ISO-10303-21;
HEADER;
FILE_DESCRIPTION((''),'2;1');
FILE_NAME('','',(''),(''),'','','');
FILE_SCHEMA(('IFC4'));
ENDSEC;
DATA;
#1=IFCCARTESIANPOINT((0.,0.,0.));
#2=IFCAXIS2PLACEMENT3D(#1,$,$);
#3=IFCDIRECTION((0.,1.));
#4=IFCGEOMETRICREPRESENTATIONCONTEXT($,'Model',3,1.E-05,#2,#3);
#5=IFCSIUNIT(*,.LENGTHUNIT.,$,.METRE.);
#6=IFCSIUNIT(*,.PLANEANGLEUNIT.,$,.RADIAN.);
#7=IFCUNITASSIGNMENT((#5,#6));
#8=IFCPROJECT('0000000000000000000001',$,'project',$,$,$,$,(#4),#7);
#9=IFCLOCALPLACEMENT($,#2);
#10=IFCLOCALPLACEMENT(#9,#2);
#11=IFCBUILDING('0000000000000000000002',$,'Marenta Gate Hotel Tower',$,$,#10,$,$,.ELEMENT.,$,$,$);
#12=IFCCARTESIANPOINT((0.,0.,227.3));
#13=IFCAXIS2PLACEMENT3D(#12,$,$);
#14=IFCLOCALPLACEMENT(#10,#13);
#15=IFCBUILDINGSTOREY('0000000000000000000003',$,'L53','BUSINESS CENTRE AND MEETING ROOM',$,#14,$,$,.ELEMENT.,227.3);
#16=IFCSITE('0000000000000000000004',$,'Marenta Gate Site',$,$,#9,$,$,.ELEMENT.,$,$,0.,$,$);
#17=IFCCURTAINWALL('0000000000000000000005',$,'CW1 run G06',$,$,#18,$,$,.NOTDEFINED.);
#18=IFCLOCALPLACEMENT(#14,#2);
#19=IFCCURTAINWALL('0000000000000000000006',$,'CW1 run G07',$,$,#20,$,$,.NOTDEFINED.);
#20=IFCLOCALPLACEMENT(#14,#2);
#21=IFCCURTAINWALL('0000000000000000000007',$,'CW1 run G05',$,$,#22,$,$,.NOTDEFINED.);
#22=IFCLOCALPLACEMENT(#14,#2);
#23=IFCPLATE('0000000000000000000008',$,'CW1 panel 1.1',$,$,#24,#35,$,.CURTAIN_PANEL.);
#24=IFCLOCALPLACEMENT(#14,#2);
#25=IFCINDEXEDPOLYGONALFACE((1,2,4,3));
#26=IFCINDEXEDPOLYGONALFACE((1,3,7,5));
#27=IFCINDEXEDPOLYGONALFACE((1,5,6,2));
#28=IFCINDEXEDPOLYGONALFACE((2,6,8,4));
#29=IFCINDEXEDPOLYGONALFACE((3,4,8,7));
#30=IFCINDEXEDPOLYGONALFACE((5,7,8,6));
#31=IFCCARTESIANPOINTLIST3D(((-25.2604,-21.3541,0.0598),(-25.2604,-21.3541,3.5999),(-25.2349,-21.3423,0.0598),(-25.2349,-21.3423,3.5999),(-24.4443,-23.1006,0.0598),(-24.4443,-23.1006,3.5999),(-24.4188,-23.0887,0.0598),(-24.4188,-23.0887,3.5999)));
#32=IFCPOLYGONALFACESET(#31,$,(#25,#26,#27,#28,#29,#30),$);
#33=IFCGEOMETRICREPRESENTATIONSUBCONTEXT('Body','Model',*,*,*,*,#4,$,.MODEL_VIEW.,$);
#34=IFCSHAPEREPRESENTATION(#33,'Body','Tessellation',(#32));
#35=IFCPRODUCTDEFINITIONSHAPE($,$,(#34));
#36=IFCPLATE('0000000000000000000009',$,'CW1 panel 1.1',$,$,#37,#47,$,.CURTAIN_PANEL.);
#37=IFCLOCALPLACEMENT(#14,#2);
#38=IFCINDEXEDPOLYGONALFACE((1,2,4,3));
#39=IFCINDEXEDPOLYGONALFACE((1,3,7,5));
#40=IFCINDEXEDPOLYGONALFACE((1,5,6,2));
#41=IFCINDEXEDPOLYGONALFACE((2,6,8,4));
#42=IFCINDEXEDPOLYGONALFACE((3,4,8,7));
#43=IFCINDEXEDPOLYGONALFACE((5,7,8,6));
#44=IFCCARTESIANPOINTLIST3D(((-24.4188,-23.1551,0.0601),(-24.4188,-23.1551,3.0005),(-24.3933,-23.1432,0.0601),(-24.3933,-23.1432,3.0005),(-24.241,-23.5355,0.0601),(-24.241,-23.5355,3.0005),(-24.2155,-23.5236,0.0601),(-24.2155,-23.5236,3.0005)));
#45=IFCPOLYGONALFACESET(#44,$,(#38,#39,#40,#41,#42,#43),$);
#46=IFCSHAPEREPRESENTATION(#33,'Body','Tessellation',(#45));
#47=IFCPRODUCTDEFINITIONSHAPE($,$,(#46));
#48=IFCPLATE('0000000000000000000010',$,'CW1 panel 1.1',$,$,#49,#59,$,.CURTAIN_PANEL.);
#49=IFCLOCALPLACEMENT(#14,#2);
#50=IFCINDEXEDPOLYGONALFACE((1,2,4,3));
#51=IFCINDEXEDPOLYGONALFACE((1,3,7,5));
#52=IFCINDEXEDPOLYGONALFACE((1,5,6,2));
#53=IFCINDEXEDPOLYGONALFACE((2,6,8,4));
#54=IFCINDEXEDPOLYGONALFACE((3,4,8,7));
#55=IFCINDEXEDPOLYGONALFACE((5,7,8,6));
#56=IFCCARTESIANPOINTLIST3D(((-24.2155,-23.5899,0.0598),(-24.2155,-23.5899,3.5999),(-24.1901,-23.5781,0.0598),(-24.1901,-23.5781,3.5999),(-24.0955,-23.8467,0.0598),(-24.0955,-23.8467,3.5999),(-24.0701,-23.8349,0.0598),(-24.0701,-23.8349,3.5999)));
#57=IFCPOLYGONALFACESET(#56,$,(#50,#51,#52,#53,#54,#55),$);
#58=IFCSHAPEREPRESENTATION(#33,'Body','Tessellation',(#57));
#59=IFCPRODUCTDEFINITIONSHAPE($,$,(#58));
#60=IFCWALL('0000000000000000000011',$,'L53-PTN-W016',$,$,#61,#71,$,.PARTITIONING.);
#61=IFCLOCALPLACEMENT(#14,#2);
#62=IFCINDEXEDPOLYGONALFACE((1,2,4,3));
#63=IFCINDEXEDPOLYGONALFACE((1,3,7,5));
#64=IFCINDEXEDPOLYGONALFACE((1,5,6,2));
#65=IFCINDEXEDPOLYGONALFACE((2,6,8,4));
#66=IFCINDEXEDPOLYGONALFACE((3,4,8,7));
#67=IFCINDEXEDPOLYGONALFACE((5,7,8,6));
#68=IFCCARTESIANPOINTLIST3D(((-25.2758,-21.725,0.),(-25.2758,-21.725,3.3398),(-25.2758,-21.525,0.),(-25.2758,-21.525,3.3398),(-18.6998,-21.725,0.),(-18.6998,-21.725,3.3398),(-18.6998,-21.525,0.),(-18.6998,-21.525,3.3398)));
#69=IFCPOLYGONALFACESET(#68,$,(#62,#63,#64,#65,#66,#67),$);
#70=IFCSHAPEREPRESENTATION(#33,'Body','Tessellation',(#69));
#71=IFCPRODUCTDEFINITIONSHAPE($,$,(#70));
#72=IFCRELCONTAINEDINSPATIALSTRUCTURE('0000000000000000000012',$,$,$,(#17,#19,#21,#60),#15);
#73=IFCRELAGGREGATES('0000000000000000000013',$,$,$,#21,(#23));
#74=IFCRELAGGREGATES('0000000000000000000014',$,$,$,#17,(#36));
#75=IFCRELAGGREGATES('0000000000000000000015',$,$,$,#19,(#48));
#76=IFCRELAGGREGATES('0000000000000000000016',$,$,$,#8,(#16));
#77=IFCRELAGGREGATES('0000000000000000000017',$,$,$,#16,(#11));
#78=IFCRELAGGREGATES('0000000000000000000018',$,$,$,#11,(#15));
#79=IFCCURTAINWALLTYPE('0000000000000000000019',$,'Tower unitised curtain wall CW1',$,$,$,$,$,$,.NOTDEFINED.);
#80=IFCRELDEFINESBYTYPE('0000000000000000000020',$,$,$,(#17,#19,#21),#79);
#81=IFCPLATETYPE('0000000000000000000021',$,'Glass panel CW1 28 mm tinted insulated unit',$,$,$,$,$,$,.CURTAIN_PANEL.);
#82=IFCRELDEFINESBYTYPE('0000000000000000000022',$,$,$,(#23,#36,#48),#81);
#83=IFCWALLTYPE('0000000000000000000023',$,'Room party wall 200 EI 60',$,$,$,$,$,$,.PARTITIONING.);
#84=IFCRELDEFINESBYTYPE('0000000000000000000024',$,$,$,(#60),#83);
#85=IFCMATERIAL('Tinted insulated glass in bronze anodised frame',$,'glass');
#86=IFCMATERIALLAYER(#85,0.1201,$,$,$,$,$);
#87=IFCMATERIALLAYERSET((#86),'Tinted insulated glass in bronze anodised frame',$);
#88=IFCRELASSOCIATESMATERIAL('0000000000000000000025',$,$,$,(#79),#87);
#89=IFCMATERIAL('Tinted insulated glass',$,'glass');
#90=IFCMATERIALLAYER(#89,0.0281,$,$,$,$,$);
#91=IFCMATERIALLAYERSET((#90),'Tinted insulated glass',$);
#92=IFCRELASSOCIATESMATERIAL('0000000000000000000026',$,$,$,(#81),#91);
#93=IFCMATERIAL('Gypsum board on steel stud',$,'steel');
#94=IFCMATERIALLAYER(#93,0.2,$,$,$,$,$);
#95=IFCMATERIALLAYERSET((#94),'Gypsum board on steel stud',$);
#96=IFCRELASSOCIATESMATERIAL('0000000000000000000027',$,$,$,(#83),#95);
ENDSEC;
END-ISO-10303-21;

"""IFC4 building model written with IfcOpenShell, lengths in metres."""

from ifc_helpers import new_model, si_unit, direction, frame, frame_2d, origin, origin_2d, place, context, subcontext, project, spatial, rectangle, extrude, material, layer, layer_set, type_object, element, aggregate, save


model = new_model("IFC4")

# Units and contexts
model_context = context("Model", 3, precision=1e-05, world=origin(), true_north=direction((0.0, 1.0)))
body_context = subcontext(model_context, "Body", "Model", "MODEL_VIEW")
ifc_project = project(units=[si_unit("LENGTHUNIT", "METRE"), si_unit("PLANEANGLEUNIT", "RADIAN")], contexts=[model_context])

# Site, building, storey
site_placement = place(None, origin())
site = spatial("IfcSite", under=ifc_project, at=site_placement, Name="Marenta Gate Site", CompositionType="ELEMENT", RefElevation=0.0)
building_placement = place(site_placement, origin())
building = spatial("IfcBuilding", under=site, at=building_placement, Name="Marenta Gate Hotel Tower", CompositionType="ELEMENT")
storey_placement = place(building_placement, frame((0.0, 0.0, 227.3)))
storey = spatial("IfcBuildingStorey", under=building, at=storey_placement, Name="L53", Description="BUSINESS CENTRE AND MEETING ROOM", CompositionType="ELEMENT", Elevation=227.3)

# Curtain walls
ifc_material_1 = material(Name="Tinted insulated glass in bronze anodised frame", Category="glass")
ifc_layer_1 = layer(ifc_material_1, 0.1201)
ifc_layer_set_1 = layer_set([ifc_layer_1], Name="Tinted insulated glass in bronze anodised frame")
curtain_wall_type = type_object("IfcCurtainWallType", Name="Tower unitised curtain wall CW1", PredefinedType="NOTDEFINED", material=ifc_layer_set_1)
curtain_wall_1_placement = place(storey_placement, origin())
curtain_wall_1 = element("IfcCurtainWall", 1, at=curtain_wall_1_placement, inside=storey, type_object=curtain_wall_type, Name="CW1 run G06", PredefinedType="NOTDEFINED")
curtain_wall_2_placement = place(storey_placement, origin())
curtain_wall_2 = element("IfcCurtainWall", 2, at=curtain_wall_2_placement, inside=storey, type_object=curtain_wall_type, Name="CW1 run G07", PredefinedType="NOTDEFINED")

# Curtain wall, plate
curtain_wall_3_placement = place(storey_placement, origin())
curtain_wall_3 = element("IfcCurtainWall", 3, at=curtain_wall_3_placement, inside=storey, type_object=curtain_wall_type, Name="CW1 run G05", PredefinedType="NOTDEFINED")
ifc_material_2 = material(Name="Tinted insulated glass", Category="glass")
ifc_layer_2 = layer(ifc_material_2, 0.0281)
ifc_layer_set_2 = layer_set([ifc_layer_2], Name="Tinted insulated glass")
plate_type = type_object("IfcPlateType", Name="Glass panel CW1 28 mm tinted insulated unit", PredefinedType="CURTAIN_PANEL", material=ifc_layer_set_2)
plate_1_placement = place(storey_placement, frame((-24.8396, -22.2214, 0.0598), z_axis=(0.0, 0.0, 1.0), x_axis=(0.423332, -0.905975, 0.0)))
plate_1 = element("IfcPlate", 4, at=plate_1_placement, type_object=plate_type, Name="CW1 panel 1.1", PredefinedType="CURTAIN_PANEL", context=body_context, shape_type="SweptSolid", body=[
    extrude(rectangle(XDim=1.9277, YDim=0.0281, at=origin_2d()), origin(), (0.0, 0.0, 1.0), 3.54),
])
aggregate(curtain_wall_3, [plate_1])

# Plates
plate_2_placement = place(storey_placement, frame((-24.3171, -23.3394, 0.0601), z_axis=(0.0, 0.0, 1.0), x_axis=(0.423387, -0.905949, 0.0)))
plate_2 = element("IfcPlate", 5, at=plate_2_placement, type_object=plate_type, Name="CW1 panel 1.1", PredefinedType="CURTAIN_PANEL", context=body_context, shape_type="SweptSolid", body=[
    extrude(rectangle(XDim=0.4199, YDim=0.0281, at=origin_2d()), origin(), (0.0, 0.0, 1.0), 2.9404),
])
aggregate(curtain_wall_1, [plate_2])
plate_3_placement = place(storey_placement, frame((-24.1428, -23.7124, 0.0598), z_axis=(0.0, 0.0, 1.0), x_axis=(0.4233, -0.90599, 0.0)))
plate_3 = element("IfcPlate", 6, at=plate_3_placement, type_object=plate_type, Name="CW1 panel 1.1", PredefinedType="CURTAIN_PANEL", context=body_context, shape_type="SweptSolid", body=[
    extrude(rectangle(XDim=0.2834, YDim=0.0281, at=origin_2d()), origin(), (0.0, 0.0, 1.0), 3.54),
])
aggregate(curtain_wall_2, [plate_3])

# Wall
ifc_material_3 = material(Name="Gypsum board on steel stud", Category="steel")
ifc_layer_3 = layer(ifc_material_3, 0.2)
ifc_layer_set_3 = layer_set([ifc_layer_3], Name="Gypsum board on steel stud")
wall_type = type_object("IfcWallType", Name="Room party wall 200 EI 60", PredefinedType="PARTITIONING", material=ifc_layer_set_3)
wall_placement = place(storey_placement, frame((-25.2759, -21.625, 0.0), z_axis=(0.0, 0.0, 1.0), x_axis=(1.0, 0.0, 0.0)))
element("IfcWall", 7, at=wall_placement, inside=storey, type_object=wall_type, Name="L53-PTN-W016", PredefinedType="PARTITIONING", context=body_context, shape_type="SweptSolid", body=[
    extrude(rectangle(XDim=6.5759, YDim=0.2, at=frame_2d((3.2881, 0.0))), origin(), (0.0, 0.0, 1.0), 3.3398),
])

save(model, "model.ifc")
